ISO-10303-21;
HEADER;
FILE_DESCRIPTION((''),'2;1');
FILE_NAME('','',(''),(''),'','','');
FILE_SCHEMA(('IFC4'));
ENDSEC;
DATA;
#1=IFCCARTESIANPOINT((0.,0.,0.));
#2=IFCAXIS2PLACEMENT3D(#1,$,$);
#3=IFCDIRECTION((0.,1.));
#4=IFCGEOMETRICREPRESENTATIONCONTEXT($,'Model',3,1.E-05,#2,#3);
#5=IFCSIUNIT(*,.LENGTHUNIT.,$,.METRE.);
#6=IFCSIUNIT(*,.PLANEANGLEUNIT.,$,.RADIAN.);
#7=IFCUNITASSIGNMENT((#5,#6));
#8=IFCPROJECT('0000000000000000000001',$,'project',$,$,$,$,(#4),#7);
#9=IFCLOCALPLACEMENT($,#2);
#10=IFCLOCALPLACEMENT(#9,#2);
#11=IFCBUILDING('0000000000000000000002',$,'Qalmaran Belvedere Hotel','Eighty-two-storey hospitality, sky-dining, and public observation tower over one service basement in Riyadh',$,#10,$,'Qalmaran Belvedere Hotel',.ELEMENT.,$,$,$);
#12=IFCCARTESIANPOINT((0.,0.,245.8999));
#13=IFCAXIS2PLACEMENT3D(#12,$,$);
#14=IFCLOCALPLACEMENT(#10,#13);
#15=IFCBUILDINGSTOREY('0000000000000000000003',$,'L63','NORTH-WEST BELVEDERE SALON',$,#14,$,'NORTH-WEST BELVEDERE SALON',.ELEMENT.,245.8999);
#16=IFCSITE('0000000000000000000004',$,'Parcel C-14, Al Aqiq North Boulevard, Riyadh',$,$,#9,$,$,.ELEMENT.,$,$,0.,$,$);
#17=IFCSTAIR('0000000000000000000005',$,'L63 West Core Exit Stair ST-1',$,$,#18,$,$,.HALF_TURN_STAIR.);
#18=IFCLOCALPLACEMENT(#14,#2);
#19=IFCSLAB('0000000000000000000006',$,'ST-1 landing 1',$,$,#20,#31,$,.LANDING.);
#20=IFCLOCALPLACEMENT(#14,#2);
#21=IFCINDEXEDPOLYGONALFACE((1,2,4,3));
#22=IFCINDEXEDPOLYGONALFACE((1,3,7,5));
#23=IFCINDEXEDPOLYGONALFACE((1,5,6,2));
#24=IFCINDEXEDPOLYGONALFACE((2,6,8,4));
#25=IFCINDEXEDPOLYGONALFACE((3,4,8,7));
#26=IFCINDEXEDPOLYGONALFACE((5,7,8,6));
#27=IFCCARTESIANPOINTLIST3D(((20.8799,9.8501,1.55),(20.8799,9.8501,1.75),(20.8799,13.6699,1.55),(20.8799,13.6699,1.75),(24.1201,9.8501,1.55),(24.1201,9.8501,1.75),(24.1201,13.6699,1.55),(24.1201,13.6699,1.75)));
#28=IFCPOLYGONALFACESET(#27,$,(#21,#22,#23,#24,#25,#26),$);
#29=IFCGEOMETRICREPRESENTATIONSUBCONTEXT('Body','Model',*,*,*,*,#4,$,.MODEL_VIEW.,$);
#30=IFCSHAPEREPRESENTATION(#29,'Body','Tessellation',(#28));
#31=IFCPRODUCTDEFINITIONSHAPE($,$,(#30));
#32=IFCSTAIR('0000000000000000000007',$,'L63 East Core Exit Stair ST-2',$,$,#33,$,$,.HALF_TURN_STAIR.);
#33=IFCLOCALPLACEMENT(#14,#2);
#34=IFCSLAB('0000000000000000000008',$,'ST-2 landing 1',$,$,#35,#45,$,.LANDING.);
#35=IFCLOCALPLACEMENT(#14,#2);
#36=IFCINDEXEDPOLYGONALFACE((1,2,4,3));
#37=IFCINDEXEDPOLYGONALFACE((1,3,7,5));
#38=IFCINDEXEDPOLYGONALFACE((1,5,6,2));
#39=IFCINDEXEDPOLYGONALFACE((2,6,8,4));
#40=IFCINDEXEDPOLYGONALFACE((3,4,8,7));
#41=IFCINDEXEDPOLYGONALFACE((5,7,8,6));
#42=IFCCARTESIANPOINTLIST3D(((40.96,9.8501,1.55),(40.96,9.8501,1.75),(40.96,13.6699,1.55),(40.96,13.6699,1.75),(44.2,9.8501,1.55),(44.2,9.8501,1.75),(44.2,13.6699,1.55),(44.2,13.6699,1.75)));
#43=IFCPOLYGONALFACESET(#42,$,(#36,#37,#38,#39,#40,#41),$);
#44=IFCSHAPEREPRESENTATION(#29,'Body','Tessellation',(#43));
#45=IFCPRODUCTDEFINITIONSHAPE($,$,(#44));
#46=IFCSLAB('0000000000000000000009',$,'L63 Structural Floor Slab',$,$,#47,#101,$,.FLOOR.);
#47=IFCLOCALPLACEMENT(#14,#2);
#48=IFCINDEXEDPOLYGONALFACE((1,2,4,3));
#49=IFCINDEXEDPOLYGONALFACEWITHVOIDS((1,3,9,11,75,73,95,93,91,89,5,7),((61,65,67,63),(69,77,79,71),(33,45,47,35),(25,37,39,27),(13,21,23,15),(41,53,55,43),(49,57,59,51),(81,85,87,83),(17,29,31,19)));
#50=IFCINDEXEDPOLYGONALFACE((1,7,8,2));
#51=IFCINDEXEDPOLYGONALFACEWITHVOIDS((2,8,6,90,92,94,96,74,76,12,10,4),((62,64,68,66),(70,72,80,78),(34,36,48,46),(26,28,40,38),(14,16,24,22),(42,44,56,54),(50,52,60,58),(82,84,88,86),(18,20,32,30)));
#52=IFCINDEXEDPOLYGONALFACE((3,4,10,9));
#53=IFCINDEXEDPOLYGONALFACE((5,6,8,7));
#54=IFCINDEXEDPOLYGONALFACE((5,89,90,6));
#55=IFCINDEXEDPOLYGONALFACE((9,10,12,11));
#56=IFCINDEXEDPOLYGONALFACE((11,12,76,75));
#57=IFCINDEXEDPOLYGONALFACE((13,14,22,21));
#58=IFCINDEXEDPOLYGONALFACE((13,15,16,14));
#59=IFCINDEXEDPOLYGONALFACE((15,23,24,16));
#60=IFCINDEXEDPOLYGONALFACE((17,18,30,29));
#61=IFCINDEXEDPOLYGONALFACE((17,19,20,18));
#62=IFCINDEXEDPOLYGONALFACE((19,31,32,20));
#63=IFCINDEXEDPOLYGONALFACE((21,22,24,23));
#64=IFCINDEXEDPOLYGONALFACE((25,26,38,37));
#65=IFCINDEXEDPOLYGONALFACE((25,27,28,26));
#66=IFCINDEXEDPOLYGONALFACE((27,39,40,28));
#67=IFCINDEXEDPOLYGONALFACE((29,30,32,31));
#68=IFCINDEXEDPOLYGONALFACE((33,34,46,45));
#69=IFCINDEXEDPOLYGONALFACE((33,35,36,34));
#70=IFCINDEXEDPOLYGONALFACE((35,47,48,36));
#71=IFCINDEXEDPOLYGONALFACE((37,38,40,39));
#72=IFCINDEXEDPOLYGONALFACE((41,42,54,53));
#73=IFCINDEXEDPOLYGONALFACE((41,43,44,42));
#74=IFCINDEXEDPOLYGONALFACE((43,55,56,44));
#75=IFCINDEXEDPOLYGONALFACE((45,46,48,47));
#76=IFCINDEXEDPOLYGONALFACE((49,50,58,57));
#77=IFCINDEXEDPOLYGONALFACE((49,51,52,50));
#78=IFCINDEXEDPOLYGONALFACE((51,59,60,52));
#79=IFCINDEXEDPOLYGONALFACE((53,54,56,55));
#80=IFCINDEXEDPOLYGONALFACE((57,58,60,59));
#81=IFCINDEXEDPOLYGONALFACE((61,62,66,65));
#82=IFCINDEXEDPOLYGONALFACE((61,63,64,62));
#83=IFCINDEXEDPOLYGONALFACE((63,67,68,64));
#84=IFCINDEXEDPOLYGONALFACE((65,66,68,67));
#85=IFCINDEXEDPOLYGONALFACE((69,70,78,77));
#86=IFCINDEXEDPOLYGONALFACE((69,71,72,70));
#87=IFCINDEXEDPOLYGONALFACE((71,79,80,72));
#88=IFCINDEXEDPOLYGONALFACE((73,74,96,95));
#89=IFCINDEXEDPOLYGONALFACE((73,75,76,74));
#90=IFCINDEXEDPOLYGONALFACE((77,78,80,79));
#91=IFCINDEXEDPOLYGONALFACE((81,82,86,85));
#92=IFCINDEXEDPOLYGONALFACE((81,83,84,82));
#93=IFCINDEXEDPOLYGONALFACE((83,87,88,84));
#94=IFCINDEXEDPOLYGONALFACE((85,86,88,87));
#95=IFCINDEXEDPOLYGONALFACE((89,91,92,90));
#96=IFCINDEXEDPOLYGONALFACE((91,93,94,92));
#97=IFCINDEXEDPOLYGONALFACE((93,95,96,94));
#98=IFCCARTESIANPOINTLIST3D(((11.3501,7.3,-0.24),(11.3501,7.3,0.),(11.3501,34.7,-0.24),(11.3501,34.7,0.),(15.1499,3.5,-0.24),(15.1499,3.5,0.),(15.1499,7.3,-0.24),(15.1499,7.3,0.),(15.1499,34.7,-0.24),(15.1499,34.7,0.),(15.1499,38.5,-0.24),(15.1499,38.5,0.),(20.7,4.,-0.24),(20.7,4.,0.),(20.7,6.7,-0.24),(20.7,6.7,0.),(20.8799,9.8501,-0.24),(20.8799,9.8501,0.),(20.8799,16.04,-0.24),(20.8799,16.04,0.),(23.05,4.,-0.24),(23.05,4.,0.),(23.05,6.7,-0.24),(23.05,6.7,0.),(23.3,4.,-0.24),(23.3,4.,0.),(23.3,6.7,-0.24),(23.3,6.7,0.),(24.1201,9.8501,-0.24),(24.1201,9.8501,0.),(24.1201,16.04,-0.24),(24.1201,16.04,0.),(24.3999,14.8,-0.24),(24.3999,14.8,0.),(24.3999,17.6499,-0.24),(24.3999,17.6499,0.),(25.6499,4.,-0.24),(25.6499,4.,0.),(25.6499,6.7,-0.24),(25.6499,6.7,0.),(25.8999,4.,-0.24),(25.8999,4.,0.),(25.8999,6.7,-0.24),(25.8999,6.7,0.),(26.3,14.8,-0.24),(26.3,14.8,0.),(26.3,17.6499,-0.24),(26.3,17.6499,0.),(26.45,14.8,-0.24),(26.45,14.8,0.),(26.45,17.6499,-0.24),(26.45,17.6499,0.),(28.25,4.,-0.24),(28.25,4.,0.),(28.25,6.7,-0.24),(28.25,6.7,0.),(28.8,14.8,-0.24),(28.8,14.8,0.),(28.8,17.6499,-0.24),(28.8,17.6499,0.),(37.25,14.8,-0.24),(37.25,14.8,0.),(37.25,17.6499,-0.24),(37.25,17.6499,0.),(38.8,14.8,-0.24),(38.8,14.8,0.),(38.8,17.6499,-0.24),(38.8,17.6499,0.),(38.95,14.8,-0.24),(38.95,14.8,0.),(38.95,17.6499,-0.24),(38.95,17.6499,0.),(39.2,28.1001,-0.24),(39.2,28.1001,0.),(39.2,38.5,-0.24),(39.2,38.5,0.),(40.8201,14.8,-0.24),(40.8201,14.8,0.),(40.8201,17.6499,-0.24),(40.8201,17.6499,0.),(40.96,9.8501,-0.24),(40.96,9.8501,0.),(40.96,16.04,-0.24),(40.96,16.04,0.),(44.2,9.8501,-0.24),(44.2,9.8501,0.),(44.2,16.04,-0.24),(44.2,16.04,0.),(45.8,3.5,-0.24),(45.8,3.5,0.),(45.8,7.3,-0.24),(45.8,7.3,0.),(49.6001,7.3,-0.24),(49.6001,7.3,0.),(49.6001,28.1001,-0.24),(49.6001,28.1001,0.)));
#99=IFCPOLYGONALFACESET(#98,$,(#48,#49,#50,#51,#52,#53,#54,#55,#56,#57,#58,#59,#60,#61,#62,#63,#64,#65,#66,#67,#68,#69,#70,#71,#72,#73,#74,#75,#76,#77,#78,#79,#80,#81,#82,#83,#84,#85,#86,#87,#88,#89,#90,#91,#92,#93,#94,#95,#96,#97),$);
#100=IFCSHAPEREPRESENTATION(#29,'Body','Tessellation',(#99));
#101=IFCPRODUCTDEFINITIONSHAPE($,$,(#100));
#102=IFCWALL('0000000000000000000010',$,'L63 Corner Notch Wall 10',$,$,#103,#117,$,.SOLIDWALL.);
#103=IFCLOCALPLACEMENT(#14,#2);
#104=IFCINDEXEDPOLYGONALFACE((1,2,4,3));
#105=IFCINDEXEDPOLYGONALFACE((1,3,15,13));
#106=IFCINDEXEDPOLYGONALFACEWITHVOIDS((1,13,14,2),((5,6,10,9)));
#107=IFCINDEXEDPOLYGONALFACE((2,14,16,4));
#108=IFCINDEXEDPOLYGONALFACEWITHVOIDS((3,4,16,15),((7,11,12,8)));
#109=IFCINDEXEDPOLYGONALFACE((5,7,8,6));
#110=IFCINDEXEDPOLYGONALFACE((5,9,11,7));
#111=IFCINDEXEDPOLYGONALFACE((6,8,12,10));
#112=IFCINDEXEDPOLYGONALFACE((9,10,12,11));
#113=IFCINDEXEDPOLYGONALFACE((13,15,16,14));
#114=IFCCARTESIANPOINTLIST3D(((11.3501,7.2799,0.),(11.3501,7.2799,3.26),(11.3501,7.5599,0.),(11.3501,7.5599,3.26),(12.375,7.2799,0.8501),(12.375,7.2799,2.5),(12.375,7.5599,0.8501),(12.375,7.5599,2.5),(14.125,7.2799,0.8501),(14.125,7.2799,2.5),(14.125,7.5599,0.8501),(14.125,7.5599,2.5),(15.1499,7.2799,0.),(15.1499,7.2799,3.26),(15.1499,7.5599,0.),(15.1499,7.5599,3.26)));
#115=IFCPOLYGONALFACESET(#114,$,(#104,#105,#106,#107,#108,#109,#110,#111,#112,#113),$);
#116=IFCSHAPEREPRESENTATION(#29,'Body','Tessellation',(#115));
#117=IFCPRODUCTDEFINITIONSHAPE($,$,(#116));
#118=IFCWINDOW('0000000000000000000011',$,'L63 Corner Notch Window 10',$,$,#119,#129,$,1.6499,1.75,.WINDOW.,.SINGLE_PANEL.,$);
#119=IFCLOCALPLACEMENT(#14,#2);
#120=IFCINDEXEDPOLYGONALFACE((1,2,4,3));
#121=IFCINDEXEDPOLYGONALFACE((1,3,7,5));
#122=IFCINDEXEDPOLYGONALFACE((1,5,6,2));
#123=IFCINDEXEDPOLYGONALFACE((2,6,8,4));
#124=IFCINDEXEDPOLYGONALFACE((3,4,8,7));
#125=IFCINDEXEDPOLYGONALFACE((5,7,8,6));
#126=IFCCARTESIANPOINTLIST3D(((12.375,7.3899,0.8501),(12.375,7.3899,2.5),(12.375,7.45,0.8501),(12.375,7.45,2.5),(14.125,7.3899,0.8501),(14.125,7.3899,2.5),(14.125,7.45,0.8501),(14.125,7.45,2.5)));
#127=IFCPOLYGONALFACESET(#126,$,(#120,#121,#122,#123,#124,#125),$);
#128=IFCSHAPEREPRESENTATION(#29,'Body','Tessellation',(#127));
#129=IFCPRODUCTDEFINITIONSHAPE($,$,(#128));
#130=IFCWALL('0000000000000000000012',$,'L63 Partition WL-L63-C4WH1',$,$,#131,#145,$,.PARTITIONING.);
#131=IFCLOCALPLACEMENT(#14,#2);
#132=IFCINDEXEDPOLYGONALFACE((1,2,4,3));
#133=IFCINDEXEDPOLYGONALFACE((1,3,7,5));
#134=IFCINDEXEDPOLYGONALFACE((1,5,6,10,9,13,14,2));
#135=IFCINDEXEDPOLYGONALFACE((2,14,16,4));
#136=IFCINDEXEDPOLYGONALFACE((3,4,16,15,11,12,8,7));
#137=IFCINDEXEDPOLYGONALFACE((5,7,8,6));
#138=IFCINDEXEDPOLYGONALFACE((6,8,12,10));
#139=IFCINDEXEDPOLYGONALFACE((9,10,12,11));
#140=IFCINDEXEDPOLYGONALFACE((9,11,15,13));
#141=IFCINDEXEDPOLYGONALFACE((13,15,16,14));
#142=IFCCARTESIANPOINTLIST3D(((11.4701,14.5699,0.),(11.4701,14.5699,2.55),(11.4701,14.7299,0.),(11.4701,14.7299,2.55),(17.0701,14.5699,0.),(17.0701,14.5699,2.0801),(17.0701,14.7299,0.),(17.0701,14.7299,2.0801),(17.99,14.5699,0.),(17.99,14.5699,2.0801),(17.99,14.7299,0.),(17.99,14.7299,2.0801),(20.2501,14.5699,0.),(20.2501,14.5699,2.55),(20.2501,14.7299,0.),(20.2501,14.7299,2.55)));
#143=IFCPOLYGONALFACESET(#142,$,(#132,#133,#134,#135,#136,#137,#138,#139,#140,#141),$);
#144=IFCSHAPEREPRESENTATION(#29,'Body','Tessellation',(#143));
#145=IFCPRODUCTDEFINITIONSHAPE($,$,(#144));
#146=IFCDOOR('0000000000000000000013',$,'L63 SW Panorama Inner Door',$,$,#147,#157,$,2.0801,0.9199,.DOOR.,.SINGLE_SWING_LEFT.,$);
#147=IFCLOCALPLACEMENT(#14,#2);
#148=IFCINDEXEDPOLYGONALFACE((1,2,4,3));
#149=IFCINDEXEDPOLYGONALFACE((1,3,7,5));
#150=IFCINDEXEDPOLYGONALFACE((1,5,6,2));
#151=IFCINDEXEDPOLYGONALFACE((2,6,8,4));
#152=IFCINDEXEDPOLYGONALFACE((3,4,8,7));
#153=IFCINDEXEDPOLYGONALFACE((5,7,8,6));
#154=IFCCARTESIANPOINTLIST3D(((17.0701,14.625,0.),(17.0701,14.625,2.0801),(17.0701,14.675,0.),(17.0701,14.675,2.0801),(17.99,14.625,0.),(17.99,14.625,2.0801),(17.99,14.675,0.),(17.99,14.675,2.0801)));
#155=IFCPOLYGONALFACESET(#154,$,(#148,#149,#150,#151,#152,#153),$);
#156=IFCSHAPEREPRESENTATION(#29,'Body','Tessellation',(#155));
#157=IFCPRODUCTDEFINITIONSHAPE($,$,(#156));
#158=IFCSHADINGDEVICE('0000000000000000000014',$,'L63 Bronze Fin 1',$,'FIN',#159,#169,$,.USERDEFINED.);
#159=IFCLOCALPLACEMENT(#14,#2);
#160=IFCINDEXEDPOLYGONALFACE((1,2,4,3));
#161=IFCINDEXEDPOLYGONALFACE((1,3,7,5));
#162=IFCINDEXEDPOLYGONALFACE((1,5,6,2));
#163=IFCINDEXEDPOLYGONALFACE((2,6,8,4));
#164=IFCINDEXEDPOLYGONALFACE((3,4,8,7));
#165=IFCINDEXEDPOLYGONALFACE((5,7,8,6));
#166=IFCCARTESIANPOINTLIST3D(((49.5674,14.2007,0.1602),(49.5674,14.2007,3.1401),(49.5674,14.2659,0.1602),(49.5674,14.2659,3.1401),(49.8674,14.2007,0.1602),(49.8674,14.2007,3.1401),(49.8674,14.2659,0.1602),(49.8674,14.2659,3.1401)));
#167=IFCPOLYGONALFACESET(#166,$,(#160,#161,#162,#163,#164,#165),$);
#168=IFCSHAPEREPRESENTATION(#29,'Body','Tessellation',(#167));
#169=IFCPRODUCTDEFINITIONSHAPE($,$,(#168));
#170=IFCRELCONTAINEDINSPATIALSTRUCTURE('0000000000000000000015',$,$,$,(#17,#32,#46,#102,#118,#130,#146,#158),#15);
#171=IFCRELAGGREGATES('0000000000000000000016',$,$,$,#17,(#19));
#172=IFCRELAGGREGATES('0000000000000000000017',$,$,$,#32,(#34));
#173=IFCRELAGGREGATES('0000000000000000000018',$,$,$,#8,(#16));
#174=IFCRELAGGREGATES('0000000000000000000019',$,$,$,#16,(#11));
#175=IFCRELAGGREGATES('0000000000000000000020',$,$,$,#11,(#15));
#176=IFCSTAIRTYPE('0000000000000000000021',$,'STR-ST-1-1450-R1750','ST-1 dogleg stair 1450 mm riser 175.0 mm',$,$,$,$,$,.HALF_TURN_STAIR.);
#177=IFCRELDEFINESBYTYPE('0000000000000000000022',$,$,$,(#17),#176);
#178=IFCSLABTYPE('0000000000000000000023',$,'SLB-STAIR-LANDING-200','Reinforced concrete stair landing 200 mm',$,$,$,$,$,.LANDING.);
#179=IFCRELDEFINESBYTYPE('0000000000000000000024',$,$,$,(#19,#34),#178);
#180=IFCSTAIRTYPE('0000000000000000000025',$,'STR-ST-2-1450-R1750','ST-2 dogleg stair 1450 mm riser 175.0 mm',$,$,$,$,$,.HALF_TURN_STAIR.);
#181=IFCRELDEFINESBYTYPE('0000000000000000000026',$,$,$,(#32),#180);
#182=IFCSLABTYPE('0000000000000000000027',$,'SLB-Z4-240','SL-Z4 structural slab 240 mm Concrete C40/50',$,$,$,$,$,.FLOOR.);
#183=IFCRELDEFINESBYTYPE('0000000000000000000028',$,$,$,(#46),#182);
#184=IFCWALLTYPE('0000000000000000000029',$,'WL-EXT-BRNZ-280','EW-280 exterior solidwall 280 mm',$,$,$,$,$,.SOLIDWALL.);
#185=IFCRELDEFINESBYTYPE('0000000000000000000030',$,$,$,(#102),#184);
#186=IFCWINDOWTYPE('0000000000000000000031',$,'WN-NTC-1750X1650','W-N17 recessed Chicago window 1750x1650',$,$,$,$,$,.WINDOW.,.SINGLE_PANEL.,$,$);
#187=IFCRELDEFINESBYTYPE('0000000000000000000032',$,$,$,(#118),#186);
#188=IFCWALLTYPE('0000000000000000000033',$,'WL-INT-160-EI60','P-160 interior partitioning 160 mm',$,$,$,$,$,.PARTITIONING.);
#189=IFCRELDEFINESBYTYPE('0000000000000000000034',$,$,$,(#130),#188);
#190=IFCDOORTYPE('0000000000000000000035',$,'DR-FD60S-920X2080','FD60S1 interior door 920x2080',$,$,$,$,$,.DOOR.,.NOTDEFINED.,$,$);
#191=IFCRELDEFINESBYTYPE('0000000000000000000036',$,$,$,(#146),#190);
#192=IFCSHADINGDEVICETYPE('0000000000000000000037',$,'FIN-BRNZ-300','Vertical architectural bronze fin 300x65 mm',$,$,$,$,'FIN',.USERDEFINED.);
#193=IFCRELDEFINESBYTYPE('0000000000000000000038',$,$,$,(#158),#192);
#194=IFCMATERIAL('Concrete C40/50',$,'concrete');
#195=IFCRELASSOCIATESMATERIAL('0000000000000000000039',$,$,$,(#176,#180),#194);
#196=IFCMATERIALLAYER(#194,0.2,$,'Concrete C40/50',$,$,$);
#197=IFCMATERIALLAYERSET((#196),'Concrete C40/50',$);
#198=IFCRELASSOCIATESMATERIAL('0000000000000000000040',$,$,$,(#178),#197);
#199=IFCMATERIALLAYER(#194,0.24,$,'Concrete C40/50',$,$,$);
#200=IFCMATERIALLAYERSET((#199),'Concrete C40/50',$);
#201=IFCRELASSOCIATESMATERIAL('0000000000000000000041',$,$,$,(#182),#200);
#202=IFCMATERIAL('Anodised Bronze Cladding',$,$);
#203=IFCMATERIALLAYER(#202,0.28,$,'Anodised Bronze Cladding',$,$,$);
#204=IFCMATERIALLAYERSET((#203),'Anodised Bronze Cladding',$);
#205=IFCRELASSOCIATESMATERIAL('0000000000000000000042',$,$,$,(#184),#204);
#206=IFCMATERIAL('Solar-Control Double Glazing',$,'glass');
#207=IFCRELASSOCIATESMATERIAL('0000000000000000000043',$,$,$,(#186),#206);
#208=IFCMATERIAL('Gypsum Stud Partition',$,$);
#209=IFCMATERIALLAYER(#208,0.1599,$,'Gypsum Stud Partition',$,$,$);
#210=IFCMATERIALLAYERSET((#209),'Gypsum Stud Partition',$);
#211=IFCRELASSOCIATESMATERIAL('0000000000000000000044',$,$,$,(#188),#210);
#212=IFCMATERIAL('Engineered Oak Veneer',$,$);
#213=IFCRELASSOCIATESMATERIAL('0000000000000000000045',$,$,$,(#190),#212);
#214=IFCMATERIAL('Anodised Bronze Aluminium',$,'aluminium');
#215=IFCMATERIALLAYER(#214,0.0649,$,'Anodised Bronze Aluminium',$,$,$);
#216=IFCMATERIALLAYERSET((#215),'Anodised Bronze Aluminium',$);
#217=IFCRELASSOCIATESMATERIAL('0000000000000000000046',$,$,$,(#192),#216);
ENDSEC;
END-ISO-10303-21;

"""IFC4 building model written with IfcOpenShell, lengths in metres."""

from ifc_helpers import new_model, si_unit, direction, frame, frame_2d, origin, place, context, subcontext, project, spatial, polyline, rectangle, outline, extrude, material, layer, layer_set, type_object, element, fill, aggregate, save


model = new_model("IFC4")

# Units and contexts
model_context = context("Model", 3, precision=1e-05, world=origin(), true_north=direction((0.0, 1.0)))
body_context = subcontext(model_context, "Body", "Model", "MODEL_VIEW")
ifc_project = project(units=[si_unit("LENGTHUNIT", "METRE"), si_unit("PLANEANGLEUNIT", "RADIAN")], contexts=[model_context])

# Site, building, storey
site_placement = place(None, origin())
site = spatial("IfcSite", under=ifc_project, at=site_placement, Name="Parcel C-14, Al Aqiq North Boulevard, Riyadh", CompositionType="ELEMENT", RefElevation=0.0)
building_placement = place(site_placement, origin())
building = spatial("IfcBuilding", under=site, at=building_placement, Name="Qalmaran Belvedere Hotel", Description="Eighty-two-storey hospitality, sky-dining, and public observation tower over one service basement in Riyadh", LongName="Qalmaran Belvedere Hotel", CompositionType="ELEMENT")
storey_placement = place(building_placement, frame((0.0, 0.0, 245.8999)))
storey = spatial("IfcBuildingStorey", under=building, at=storey_placement, Name="L63", Description="NORTH-WEST BELVEDERE SALON", LongName="NORTH-WEST BELVEDERE SALON", CompositionType="ELEMENT", Elevation=245.8999)

# Shared definitions
ifc_material_1 = material(Name="Anodised Bronze Aluminium", Category="aluminium")

# Shared definitions
ifc_material_2 = material(Name="Solar-Control Double Glazing", Category="glass")

# Shared definitions
ifc_material_3 = material(Name="Concrete C40/50", Category="concrete")

# Stairs, slabs
stair_type_1 = type_object("IfcStairType", Name="STR-ST-1-1450-R1750", Description="ST-1 dogleg stair 1450 mm riser 175.0 mm", PredefinedType="HALF_TURN_STAIR", material=ifc_material_3)
stair_1_placement = place(storey_placement, origin())
stair_1 = element("IfcStair", 1, at=stair_1_placement, inside=storey, type_object=stair_type_1, Name="L63 West Core Exit Stair ST-1", PredefinedType="HALF_TURN_STAIR")
ifc_layer_1 = layer(ifc_material_3, 0.2, Name="Concrete C40/50")
ifc_layer_set_1 = layer_set([ifc_layer_1], Name="Concrete C40/50")
slab_type_1 = type_object("IfcSlabType", Name="SLB-STAIR-LANDING-200", Description="Reinforced concrete stair landing 200 mm", PredefinedType="LANDING", material=ifc_layer_set_1)
slab_1_placement = place(storey_placement, frame((0.0, 0.0, 1.55)))
slab_1 = element("IfcSlab", 2, at=slab_1_placement, type_object=slab_type_1, Name="ST-1 landing 1", PredefinedType="LANDING", context=body_context, shape_type="SweptSolid", body=[
    extrude(outline(polyline([(20.8799, 13.6699), (20.8799, 9.8501), (24.1201, 9.8501), (24.1201, 13.6699), (20.8799, 13.6699)])), origin(), (0.0, 0.0, 1.0), 0.2),
])
aggregate(stair_1, [slab_1])
stair_type_2 = type_object("IfcStairType", Name="STR-ST-2-1450-R1750", Description="ST-2 dogleg stair 1450 mm riser 175.0 mm", PredefinedType="HALF_TURN_STAIR", material=ifc_material_3)
stair_2_placement = place(storey_placement, origin())
stair_2 = element("IfcStair", 3, at=stair_2_placement, inside=storey, type_object=stair_type_2, Name="L63 East Core Exit Stair ST-2", PredefinedType="HALF_TURN_STAIR")
slab_2_placement = place(storey_placement, frame((0.0, 0.0, 1.55)))
slab_2 = element("IfcSlab", 4, at=slab_2_placement, type_object=slab_type_1, Name="ST-2 landing 1", PredefinedType="LANDING", context=body_context, shape_type="SweptSolid", body=[
    extrude(outline(polyline([(40.96, 13.6699), (40.96, 9.8501), (44.2, 9.8501), (44.2, 13.6699), (40.96, 13.6699)])), origin(), (0.0, 0.0, 1.0), 0.2),
])
aggregate(stair_2, [slab_2])

# Slab
ifc_layer_2 = layer(ifc_material_3, 0.24, Name="Concrete C40/50")
ifc_layer_set_2 = layer_set([ifc_layer_2], Name="Concrete C40/50")
slab_type_2 = type_object("IfcSlabType", Name="SLB-Z4-240", Description="SL-Z4 structural slab 240 mm Concrete C40/50", PredefinedType="FLOOR", material=ifc_layer_set_2)
slab_3_placement = place(storey_placement, frame((0.0, 0.0, -0.24)))
element("IfcSlab", 5, at=slab_3_placement, inside=storey, type_object=slab_type_2, Name="L63 Structural Floor Slab", PredefinedType="FLOOR", context=body_context, shape_type="SweptSolid", body=[
    extrude(outline(polyline([(15.1499, 3.5), (45.8, 3.5), (45.8, 7.3), (49.6001, 7.3), (49.6001, 28.1001), (39.2, 28.1001), (39.2, 38.5), (15.1499, 38.5), (15.1499, 34.7), (11.3501, 34.7), (11.3501, 7.3), (15.1499, 7.3), (15.1499, 3.5)]), holes=[polyline([(20.8799, 9.8501), (24.1201, 9.8501), (24.1201, 16.04), (20.8799, 16.04), (20.8799, 9.8501)]), polyline([(40.96, 9.8501), (44.2, 9.8501), (44.2, 16.04), (40.96, 16.04), (40.96, 9.8501)]), polyline([(20.7, 4.0), (23.05, 4.0), (23.05, 6.7), (20.7, 6.7), (20.7, 4.0)]), polyline([(23.3, 4.0), (25.6499, 4.0), (25.6499, 6.7), (23.3, 6.7), (23.3, 4.0)]), polyline([(25.8999, 4.0), (28.25, 4.0), (28.25, 6.7), (25.8999, 6.7), (25.8999, 4.0)]), polyline([(24.3999, 14.8), (26.3, 14.8), (26.3, 17.6499), (24.3999, 17.6499), (24.3999, 14.8)]), polyline([(38.95, 14.8), (40.8201, 14.8), (40.8201, 17.6499), (38.95, 17.6499), (38.95, 14.8)]), polyline([(26.45, 14.8), (28.8, 14.8), (28.8, 17.6499), (26.45, 17.6499), (26.45, 14.8)]), polyline([(37.25, 14.8), (38.8, 14.8), (38.8, 17.6499), (37.25, 17.6499), (37.25, 14.8)])]), origin(), (0.0, 0.0, 1.0), 0.24),
])

# Wall, opening, window
ifc_material_4 = material(Name="Anodised Bronze Cladding")
ifc_layer_3 = layer(ifc_material_4, 0.28, Name="Anodised Bronze Cladding")
ifc_layer_set_3 = layer_set([ifc_layer_3], Name="Anodised Bronze Cladding")
wall_type_1 = type_object("IfcWallType", Name="WL-EXT-BRNZ-280", Description="EW-280 exterior solidwall 280 mm", PredefinedType="SOLIDWALL", material=ifc_layer_set_3)
wall_1_placement = place(storey_placement, frame((11.3501, 7.4199, 0.0), z_axis=(0.0, 0.0, 1.0), x_axis=(1.0, 0.0, 0.0)))
wall_1 = element("IfcWall", 6, at=wall_1_placement, inside=storey, type_object=wall_type_1, Name="L63 Corner Notch Wall 10", PredefinedType="SOLIDWALL", context=body_context, shape_type="SweptSolid", body=[
    extrude(rectangle(XDim=3.7998, YDim=0.28, at=frame_2d((1.8999, 0.0))), origin(), (0.0, 0.0, 1.0), 3.26),
])
opening_1_placement = place(wall_1_placement, frame((1.0249, 0.0, 0.8501)))
opening_1 = element("IfcOpeningElement", 7, at=opening_1_placement, cuts=wall_1, PredefinedType="OPENING", context=body_context, shape_type="SweptSolid", body=[
    extrude(rectangle(XDim=1.75, YDim=1.6499, at=frame_2d((0.875, 0.825))), frame((0.0, 0.1499, 0.0), z_axis=(0.0, -1.0, 0.0), x_axis=(1.0, 0.0, 0.0)), (0.0, 0.0, 1.0), 0.3),
])
window_type = type_object("IfcWindowType", Name="WN-NTC-1750X1650", Description="W-N17 recessed Chicago window 1750x1650", PartitioningType="SINGLE_PANEL", PredefinedType="WINDOW", material=ifc_material_2)
window_placement = place(opening_1_placement, origin())
window = element("IfcWindow", 8, at=window_placement, inside=storey, type_object=window_type, Name="L63 Corner Notch Window 10", OverallHeight=1.6499, OverallWidth=1.75, PartitioningType="SINGLE_PANEL", PredefinedType="WINDOW", context=body_context, shape_type="SweptSolid", body=[
    extrude(rectangle(XDim=1.75, YDim=1.6499, at=frame_2d((0.875, 0.825))), frame((0.0, 0.03, 0.0), z_axis=(0.0, -1.0, 0.0), x_axis=(1.0, 0.0, 0.0)), (0.0, 0.0, 1.0), 0.0601),
])
fill(opening_1, window)

# Wall, opening, door
ifc_material_5 = material(Name="Gypsum Stud Partition")
ifc_layer_4 = layer(ifc_material_5, 0.1599, Name="Gypsum Stud Partition")
ifc_layer_set_4 = layer_set([ifc_layer_4], Name="Gypsum Stud Partition")
wall_type_2 = type_object("IfcWallType", Name="WL-INT-160-EI60", Description="P-160 interior partitioning 160 mm", PredefinedType="PARTITIONING", material=ifc_layer_set_4)
wall_2_placement = place(storey_placement, frame((11.47, 14.6499, 0.0), z_axis=(0.0, 0.0, 1.0), x_axis=(1.0, 0.0, 0.0)))
wall_2 = element("IfcWall", 9, at=wall_2_placement, inside=storey, type_object=wall_type_2, Name="L63 Partition WL-L63-C4WH1", PredefinedType="PARTITIONING", context=body_context, shape_type="SweptSolid", body=[
    extrude(rectangle(XDim=8.78, YDim=0.1599, at=frame_2d((4.3901, 0.0))), origin(), (0.0, 0.0, 1.0), 2.55),
])
opening_2_placement = place(wall_2_placement, frame((6.52, 0.0, 0.0), z_axis=(0.0, 0.0, 1.0), x_axis=(-1.0, 0.0, 0.0)))
opening_2 = element("IfcOpeningElement", 10, at=opening_2_placement, cuts=wall_2, PredefinedType="OPENING", context=body_context, shape_type="SweptSolid", body=[
    extrude(rectangle(XDim=0.9199, YDim=2.0801, at=frame_2d((0.46, 1.04))), frame((0.0, 0.0898, 0.0), z_axis=(0.0, -1.0, 0.0), x_axis=(1.0, 0.0, 0.0)), (0.0, 0.0, 1.0), 0.1799),
])
ifc_material_6 = material(Name="Engineered Oak Veneer")
door_type = type_object("IfcDoorType", Name="DR-FD60S-920X2080", Description="FD60S1 interior door 920x2080", OperationType="NOTDEFINED", PredefinedType="DOOR", material=ifc_material_6)
door_placement = place(opening_2_placement, origin())
door = element("IfcDoor", 11, at=door_placement, inside=storey, type_object=door_type, Name="L63 SW Panorama Inner Door", OperationType="SINGLE_SWING_LEFT", OverallHeight=2.0801, OverallWidth=0.9199, PredefinedType="DOOR", context=body_context, shape_type="SweptSolid", body=[
    extrude(rectangle(XDim=0.9199, YDim=2.0801, at=frame_2d((0.46, 1.04))), frame((0.0, 0.0249, 0.0), z_axis=(0.0, -1.0, 0.0), x_axis=(1.0, 0.0, 0.0)), (0.0, 0.0, 1.0), 0.05),
])
fill(opening_2, door)

# Shading device
ifc_layer_5 = layer(ifc_material_1, 0.0649, Name="Anodised Bronze Aluminium")
ifc_layer_set_5 = layer_set([ifc_layer_5], Name="Anodised Bronze Aluminium")
shading_device_type = type_object("IfcShadingDeviceType", Name="FIN-BRNZ-300", Description="Vertical architectural bronze fin 300x65 mm", ElementType="FIN", PredefinedType="USERDEFINED", material=ifc_layer_set_5)
shading_device_1_placement = place(storey_placement, frame((0.0, 0.0, 0.1602)))
element("IfcShadingDevice", 12, at=shading_device_1_placement, inside=storey, type_object=shading_device_type, Name="L63 Bronze Fin 1", ObjectType="FIN", PredefinedType="USERDEFINED", context=body_context, shape_type="SweptSolid", body=[
    extrude(outline(polyline([(49.5674, 14.2007), (49.8674, 14.2007), (49.8674, 14.2659), (49.5674, 14.2659), (49.5674, 14.2007)])), origin(), (0.0, 0.0, 1.0), 2.98),
])

save(model, "model.ifc")
